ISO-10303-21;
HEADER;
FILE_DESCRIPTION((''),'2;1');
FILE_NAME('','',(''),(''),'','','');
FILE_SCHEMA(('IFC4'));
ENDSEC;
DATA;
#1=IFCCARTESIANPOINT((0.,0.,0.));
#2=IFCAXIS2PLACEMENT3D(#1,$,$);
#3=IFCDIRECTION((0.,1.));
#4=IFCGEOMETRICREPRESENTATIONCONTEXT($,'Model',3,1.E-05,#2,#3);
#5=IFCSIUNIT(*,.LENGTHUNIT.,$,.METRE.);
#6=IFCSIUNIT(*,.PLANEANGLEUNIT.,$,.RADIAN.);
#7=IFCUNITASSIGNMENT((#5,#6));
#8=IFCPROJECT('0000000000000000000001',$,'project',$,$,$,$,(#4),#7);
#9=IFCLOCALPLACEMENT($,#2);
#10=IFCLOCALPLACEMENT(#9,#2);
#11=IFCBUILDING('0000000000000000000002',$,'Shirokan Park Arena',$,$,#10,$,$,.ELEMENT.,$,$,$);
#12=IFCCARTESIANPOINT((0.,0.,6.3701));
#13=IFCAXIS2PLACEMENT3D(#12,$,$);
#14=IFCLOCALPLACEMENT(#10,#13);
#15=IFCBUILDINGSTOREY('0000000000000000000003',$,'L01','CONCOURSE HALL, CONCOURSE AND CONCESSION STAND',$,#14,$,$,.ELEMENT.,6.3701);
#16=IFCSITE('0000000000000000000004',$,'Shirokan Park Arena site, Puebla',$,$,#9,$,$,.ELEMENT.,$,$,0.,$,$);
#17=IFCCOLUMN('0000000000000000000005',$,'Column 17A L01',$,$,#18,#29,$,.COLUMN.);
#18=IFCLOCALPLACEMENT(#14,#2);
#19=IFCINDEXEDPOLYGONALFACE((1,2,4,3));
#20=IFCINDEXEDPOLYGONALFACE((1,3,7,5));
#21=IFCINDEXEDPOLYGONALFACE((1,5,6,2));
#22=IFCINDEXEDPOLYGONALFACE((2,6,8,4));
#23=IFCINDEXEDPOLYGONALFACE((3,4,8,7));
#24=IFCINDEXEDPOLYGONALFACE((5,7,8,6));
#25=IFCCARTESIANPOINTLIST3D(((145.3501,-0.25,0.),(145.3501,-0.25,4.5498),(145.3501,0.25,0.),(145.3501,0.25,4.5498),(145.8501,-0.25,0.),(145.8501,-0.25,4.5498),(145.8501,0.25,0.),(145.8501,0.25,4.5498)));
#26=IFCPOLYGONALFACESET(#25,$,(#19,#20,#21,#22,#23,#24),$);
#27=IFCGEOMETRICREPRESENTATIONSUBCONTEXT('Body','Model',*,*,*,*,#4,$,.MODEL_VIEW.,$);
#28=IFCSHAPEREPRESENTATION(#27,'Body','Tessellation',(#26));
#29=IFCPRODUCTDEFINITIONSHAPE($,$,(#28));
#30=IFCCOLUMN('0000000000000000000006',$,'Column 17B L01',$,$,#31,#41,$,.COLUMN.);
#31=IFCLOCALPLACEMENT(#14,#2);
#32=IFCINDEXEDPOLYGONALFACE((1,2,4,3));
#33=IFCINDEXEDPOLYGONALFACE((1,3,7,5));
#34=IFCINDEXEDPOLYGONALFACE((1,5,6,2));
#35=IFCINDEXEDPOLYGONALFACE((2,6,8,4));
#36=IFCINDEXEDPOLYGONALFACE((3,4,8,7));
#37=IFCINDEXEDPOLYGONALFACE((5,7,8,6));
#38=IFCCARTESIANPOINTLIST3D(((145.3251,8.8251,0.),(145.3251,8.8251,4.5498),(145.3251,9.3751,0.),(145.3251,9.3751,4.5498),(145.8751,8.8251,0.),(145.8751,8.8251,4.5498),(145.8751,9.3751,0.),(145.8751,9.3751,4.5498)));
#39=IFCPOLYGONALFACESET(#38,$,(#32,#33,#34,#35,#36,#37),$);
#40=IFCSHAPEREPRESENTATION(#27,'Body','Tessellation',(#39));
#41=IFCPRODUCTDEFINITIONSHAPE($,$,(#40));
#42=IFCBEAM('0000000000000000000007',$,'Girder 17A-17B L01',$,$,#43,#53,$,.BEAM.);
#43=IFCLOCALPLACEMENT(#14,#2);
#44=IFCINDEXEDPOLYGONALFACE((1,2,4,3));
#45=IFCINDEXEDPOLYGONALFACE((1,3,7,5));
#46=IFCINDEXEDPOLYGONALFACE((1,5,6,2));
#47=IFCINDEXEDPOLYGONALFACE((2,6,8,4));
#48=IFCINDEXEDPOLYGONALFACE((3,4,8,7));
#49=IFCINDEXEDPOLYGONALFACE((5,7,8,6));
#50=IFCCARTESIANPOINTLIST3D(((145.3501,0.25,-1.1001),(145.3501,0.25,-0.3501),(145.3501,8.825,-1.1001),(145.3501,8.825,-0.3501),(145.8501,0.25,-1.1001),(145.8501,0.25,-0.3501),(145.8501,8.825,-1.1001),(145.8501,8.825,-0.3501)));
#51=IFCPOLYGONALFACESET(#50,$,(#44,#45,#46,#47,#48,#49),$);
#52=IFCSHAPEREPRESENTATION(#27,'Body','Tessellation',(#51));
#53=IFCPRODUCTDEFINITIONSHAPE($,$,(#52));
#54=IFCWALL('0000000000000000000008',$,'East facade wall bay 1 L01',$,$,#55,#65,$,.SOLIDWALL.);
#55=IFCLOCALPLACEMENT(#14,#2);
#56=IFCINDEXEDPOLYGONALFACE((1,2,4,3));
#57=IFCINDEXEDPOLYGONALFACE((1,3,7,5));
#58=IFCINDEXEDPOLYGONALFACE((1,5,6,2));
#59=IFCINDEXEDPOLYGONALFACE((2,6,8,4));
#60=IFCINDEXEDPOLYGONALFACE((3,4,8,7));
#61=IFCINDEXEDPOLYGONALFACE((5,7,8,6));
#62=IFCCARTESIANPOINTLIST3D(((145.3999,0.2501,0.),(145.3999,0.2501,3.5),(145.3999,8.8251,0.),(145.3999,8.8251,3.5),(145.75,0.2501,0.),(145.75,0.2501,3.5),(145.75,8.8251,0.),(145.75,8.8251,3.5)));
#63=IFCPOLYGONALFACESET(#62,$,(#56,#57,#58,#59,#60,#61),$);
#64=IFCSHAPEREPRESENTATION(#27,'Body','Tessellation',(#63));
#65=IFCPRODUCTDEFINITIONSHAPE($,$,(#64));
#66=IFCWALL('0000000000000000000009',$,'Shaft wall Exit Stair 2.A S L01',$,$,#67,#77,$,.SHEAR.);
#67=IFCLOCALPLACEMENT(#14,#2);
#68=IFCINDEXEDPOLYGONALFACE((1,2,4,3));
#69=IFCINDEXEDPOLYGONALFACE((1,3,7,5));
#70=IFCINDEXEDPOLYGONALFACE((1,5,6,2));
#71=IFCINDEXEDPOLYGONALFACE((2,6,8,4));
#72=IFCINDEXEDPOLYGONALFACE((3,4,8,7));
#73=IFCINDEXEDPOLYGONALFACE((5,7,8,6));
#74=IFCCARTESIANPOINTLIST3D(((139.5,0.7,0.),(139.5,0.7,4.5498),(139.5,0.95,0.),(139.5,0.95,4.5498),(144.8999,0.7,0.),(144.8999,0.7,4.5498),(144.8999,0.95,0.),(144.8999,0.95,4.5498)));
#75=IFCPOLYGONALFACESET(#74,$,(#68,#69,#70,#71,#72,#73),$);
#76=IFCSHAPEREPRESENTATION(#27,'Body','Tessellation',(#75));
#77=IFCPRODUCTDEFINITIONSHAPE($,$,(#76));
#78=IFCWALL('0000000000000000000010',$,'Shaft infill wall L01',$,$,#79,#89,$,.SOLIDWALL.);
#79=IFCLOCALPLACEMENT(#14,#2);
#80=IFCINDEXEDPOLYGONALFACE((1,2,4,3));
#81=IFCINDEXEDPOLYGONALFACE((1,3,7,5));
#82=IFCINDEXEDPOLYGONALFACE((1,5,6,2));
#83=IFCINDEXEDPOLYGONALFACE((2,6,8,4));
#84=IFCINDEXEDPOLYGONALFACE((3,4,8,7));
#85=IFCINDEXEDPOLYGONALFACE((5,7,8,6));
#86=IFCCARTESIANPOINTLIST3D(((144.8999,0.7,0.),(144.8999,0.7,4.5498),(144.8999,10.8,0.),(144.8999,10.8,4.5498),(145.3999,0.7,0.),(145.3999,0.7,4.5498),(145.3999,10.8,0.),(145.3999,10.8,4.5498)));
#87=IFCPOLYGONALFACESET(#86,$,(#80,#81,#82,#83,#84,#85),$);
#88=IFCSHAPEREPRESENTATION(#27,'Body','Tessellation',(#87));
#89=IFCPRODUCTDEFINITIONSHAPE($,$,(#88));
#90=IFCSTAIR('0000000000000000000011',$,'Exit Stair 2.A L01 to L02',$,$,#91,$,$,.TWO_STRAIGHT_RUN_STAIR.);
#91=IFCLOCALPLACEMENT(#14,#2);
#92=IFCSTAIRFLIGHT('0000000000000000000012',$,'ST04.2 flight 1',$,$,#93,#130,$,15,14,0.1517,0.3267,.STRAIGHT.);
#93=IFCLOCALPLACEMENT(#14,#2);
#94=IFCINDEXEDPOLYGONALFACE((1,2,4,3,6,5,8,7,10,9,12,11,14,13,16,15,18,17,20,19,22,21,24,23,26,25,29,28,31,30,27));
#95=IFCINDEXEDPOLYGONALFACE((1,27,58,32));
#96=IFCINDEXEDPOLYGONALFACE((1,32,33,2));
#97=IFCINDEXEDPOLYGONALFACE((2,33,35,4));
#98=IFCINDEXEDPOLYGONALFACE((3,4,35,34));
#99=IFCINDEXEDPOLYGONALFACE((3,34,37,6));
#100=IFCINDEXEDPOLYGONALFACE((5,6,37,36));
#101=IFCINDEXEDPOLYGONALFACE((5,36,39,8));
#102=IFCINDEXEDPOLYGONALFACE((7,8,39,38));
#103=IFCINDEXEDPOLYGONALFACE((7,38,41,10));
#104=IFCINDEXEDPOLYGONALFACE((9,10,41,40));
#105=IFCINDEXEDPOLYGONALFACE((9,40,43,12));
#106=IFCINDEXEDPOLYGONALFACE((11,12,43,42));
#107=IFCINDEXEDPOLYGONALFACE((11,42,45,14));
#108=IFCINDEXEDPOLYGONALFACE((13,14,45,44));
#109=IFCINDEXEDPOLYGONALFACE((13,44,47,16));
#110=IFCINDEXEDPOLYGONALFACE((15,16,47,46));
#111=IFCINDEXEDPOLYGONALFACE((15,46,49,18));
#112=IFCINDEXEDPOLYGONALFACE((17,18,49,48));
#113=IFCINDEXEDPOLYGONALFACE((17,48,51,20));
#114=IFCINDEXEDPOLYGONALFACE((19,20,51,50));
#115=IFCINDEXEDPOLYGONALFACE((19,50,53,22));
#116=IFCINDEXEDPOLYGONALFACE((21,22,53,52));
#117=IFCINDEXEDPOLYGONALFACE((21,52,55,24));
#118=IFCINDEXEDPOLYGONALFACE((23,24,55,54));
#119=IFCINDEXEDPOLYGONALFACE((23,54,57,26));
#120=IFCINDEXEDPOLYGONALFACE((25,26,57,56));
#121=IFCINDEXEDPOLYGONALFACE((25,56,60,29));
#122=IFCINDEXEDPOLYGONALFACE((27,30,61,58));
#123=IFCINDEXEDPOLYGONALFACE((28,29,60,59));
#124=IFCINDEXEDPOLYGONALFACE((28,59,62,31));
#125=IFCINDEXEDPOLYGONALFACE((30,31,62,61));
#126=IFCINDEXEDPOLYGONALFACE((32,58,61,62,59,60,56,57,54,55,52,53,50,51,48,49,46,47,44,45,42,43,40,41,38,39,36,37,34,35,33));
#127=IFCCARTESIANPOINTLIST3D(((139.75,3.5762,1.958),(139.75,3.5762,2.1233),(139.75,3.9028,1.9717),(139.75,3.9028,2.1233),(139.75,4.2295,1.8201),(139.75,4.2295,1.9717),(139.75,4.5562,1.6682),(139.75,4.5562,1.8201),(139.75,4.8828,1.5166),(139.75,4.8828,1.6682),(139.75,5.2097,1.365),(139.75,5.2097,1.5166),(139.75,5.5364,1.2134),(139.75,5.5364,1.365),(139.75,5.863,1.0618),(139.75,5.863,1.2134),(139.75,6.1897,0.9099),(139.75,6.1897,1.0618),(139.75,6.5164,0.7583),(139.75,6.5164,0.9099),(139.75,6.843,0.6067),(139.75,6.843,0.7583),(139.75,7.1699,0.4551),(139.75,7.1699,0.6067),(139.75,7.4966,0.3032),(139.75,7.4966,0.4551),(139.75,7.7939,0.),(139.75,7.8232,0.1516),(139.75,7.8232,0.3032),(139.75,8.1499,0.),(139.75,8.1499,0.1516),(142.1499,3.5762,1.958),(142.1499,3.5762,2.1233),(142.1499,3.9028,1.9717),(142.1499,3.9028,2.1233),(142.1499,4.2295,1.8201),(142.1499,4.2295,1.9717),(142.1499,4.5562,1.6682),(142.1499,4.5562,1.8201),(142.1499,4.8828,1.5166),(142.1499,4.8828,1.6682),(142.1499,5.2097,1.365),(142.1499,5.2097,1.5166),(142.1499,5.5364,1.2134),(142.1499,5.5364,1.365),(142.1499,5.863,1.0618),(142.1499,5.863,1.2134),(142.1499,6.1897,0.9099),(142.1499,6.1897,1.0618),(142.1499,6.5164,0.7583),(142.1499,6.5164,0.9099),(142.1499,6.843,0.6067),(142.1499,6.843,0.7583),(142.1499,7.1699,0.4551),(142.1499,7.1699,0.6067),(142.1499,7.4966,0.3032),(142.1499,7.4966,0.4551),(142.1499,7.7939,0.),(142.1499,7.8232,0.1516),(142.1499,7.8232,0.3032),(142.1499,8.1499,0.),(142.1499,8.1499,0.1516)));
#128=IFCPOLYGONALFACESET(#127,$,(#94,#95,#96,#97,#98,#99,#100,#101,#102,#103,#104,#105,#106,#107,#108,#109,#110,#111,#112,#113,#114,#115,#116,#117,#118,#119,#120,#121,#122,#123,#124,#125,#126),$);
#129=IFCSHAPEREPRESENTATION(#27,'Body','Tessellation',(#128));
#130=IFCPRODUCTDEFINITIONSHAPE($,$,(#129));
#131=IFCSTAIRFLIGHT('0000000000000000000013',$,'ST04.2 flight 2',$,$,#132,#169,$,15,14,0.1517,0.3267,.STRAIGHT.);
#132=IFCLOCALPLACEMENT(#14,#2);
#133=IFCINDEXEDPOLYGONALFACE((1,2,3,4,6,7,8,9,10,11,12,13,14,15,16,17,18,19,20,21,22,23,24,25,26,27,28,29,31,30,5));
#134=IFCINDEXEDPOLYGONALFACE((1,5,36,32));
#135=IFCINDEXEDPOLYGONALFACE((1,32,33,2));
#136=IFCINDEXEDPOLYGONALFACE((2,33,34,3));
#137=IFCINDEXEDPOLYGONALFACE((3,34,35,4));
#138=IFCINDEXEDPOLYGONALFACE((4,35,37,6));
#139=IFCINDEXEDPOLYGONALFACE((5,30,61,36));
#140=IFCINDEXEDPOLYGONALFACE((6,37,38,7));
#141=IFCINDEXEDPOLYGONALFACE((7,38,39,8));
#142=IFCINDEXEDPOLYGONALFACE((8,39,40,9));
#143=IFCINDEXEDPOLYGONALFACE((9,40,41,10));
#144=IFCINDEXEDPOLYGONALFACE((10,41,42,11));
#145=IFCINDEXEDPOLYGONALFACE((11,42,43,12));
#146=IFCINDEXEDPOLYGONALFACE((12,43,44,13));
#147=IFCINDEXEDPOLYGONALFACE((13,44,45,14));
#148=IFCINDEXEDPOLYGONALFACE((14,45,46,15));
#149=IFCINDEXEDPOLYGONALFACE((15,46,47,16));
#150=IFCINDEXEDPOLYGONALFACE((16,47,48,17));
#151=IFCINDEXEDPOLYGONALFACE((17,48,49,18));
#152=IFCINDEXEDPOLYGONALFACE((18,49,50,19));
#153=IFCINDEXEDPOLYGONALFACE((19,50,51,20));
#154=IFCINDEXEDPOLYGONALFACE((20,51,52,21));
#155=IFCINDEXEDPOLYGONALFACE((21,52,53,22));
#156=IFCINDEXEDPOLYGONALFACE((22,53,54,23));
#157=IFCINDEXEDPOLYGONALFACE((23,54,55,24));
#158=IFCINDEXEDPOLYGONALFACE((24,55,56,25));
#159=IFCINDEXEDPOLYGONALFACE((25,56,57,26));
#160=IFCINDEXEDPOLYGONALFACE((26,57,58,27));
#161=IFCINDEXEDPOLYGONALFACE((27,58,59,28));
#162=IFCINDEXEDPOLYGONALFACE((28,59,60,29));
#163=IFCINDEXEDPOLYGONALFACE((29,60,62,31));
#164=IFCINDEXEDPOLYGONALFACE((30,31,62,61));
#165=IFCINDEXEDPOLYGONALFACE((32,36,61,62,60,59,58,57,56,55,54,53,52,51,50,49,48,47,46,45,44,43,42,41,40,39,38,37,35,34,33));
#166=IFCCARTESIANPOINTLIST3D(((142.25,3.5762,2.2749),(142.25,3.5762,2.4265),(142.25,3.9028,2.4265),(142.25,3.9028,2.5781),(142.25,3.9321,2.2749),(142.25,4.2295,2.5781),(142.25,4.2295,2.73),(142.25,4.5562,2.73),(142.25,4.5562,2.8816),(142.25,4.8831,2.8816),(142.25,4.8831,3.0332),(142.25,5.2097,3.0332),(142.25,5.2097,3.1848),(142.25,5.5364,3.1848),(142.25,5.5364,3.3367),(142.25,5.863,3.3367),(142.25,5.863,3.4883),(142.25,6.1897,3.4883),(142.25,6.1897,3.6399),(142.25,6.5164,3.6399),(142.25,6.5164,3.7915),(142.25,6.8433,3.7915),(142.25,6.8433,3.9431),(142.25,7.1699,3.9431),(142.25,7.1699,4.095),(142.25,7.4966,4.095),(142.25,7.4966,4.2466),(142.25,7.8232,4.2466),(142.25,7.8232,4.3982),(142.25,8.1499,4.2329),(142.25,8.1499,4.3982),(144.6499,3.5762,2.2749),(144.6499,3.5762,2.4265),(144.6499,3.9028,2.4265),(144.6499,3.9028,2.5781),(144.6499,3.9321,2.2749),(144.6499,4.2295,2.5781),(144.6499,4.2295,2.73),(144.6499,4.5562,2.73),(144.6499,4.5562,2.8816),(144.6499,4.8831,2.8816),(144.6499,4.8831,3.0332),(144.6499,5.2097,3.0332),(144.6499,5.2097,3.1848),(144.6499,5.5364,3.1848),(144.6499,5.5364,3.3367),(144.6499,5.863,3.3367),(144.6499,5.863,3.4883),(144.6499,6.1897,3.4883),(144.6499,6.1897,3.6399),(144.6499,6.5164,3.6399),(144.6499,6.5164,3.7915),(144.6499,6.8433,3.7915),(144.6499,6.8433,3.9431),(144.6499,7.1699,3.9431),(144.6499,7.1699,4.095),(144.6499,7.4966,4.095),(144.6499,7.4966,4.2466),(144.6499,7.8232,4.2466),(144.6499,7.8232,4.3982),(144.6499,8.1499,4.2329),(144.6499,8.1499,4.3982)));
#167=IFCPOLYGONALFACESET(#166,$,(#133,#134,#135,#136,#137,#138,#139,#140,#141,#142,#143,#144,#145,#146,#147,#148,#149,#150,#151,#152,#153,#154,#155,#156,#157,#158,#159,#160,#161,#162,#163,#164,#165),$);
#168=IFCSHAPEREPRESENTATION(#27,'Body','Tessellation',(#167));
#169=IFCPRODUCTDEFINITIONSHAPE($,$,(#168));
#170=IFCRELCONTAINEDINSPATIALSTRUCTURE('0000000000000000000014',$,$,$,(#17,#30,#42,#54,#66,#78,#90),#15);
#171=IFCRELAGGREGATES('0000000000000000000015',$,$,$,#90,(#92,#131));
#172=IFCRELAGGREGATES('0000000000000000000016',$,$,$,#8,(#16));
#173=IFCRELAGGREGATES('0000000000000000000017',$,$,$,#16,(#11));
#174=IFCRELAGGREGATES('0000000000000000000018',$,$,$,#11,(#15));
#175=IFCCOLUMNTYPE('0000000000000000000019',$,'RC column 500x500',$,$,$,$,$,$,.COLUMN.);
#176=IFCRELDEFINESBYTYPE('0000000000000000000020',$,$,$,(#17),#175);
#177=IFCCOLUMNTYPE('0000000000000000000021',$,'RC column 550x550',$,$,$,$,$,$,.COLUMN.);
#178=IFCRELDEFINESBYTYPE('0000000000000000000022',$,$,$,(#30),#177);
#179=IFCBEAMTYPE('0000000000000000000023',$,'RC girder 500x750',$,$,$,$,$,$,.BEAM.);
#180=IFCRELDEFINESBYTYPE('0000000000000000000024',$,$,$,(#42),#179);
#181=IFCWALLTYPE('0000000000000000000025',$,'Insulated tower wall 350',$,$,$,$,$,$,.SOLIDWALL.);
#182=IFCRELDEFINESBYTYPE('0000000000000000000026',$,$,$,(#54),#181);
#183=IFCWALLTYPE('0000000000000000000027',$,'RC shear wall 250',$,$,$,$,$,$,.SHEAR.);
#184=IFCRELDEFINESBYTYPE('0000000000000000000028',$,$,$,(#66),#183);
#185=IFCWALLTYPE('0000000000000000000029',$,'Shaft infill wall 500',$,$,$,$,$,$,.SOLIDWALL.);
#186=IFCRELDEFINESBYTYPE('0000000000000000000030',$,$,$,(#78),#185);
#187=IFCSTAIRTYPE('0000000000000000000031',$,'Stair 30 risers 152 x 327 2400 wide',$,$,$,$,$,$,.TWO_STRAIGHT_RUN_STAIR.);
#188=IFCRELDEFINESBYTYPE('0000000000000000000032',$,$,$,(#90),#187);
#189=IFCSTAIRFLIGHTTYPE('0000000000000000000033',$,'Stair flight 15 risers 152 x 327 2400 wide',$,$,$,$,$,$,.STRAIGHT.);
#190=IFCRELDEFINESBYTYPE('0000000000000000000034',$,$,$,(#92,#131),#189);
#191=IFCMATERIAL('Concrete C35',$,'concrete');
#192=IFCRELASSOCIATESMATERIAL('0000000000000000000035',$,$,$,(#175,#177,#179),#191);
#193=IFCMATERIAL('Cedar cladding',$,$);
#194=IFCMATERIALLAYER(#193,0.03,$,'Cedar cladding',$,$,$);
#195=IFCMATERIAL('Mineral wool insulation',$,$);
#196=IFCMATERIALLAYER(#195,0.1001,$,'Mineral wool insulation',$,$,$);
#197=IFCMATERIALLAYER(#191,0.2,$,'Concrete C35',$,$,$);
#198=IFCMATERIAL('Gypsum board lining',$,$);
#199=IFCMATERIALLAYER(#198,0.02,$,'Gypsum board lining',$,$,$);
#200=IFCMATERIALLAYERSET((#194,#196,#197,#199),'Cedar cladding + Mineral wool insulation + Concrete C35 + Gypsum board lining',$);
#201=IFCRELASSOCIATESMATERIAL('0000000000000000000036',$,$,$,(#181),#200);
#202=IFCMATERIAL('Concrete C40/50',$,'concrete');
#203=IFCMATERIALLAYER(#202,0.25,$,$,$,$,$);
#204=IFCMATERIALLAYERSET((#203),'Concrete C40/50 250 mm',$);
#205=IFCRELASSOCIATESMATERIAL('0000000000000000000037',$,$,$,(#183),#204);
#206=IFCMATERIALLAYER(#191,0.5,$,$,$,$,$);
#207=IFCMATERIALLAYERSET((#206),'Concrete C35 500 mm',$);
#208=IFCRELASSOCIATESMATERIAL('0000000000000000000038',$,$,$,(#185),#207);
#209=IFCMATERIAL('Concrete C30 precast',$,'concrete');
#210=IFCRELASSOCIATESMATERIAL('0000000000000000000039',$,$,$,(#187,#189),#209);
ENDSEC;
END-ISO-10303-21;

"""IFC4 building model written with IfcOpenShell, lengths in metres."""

from ifc_helpers import new_model, si_unit, direction, frame, frame_2d, origin, origin_2d, place, context, subcontext, project, spatial, polyline, rectangle, outline, extrude, material, layer, layer_set, material_profile, profile_set, type_object, element, aggregate, save


model = new_model("IFC4")

# Units and contexts
model_context = context("Model", 3, precision=1e-05, world=origin(), true_north=direction((0.0, 1.0)))
body_context = subcontext(model_context, "Body", "Model", "MODEL_VIEW")
ifc_project = project(units=[si_unit("LENGTHUNIT", "METRE"), si_unit("PLANEANGLEUNIT", "RADIAN")], contexts=[model_context])

# Site, building, storey
site_placement = place(None, origin())
site = spatial("IfcSite", under=ifc_project, at=site_placement, Name="Shirokan Park Arena site, Puebla", CompositionType="ELEMENT", RefElevation=0.0)
building_placement = place(site_placement, origin())
building = spatial("IfcBuilding", under=site, at=building_placement, Name="Shirokan Park Arena", CompositionType="ELEMENT")
storey_placement = place(building_placement, frame((0.0, 0.0, 6.3701)))
storey = spatial("IfcBuildingStorey", under=building, at=storey_placement, Name="L01", Description="CONCOURSE HALL, CONCOURSE AND CONCESSION STAND", CompositionType="ELEMENT", Elevation=6.3701)

# Columns
ifc_material_1 = material(Name="Concrete C35", Category="concrete")
ifc_material_profile_1 = material_profile(ifc_material_1, rectangle(XDim=0.5, YDim=0.5, at=origin_2d()), Name="500x500")
ifc_profile_set_1 = profile_set([ifc_material_profile_1], Name="Concrete C35")
column_type_1 = type_object("IfcColumnType", Name="RC column 500x500", PredefinedType="COLUMN", material=ifc_profile_set_1)
column_1_placement = place(storey_placement, frame((145.6001, 0.0, 0.0), z_axis=(0.0, 0.0, 1.0), x_axis=(1.0, 0.0, 0.0)))
element("IfcColumn", 1, at=column_1_placement, inside=storey, type_object=column_type_1, Name="Column 17A L01", PredefinedType="COLUMN", context=body_context, shape_type="SweptSolid", body=[
    extrude(rectangle(XDim=0.5, YDim=0.5, at=origin_2d()), origin(), (0.0, 0.0, 1.0), 4.5498),
])
ifc_material_profile_2 = material_profile(ifc_material_1, rectangle(XDim=0.55, YDim=0.55, at=origin_2d()), Name="550x550")
ifc_profile_set_2 = profile_set([ifc_material_profile_2], Name="Concrete C35")
column_type_2 = type_object("IfcColumnType", Name="RC column 550x550", PredefinedType="COLUMN", material=ifc_profile_set_2)
column_2_placement = place(storey_placement, frame((145.6001, 9.1001, 0.0), z_axis=(0.0, 0.0, 1.0), x_axis=(1.0, 0.0, 0.0)))
element("IfcColumn", 2, at=column_2_placement, inside=storey, type_object=column_type_2, Name="Column 17B L01", PredefinedType="COLUMN", context=body_context, shape_type="SweptSolid", body=[
    extrude(rectangle(XDim=0.55, YDim=0.55, at=origin_2d()), origin(), (0.0, 0.0, 1.0), 4.5498),
])

# Beam
ifc_material_profile_3 = material_profile(ifc_material_1, rectangle(XDim=0.5, YDim=0.75, at=origin_2d()), Name="500x750")
ifc_profile_set_3 = profile_set([ifc_material_profile_3], Name="Concrete C35")
beam_type = type_object("IfcBeamType", Name="RC girder 500x750", PredefinedType="BEAM", material=ifc_profile_set_3)
beam_placement = place(storey_placement, frame((145.6001, 0.25, -0.7251), z_axis=(0.0, 1.0, 0.0), x_axis=(-1.0, 0.0, 0.0)))
element("IfcBeam", 3, at=beam_placement, inside=storey, type_object=beam_type, Name="Girder 17A-17B L01", PredefinedType="BEAM", context=body_context, shape_type="SweptSolid", body=[
    extrude(rectangle(XDim=0.5, YDim=0.75, at=origin_2d()), origin(), (0.0, 0.0, 1.0), 8.575),
])

# Walls
ifc_material_2 = material(Name="Cedar cladding")
ifc_layer_1 = layer(ifc_material_2, 0.03, Name="Cedar cladding")
ifc_material_3 = material(Name="Mineral wool insulation")
ifc_layer_2 = layer(ifc_material_3, 0.1001, Name="Mineral wool insulation")
ifc_layer_3 = layer(ifc_material_1, 0.2, Name="Concrete C35")
ifc_material_4 = material(Name="Gypsum board lining")
ifc_layer_4 = layer(ifc_material_4, 0.02, Name="Gypsum board lining")
ifc_layer_set_1 = layer_set([ifc_layer_1, ifc_layer_2, ifc_layer_3, ifc_layer_4], Name="Cedar cladding + Mineral wool insulation + Concrete C35 + Gypsum board lining")
wall_type_1 = type_object("IfcWallType", Name="Insulated tower wall 350", PredefinedType="SOLIDWALL", material=ifc_layer_set_1)
wall_1_placement = place(storey_placement, frame((145.575, 0.25, 0.0), z_axis=(0.0, 0.0, 1.0), x_axis=(0.0, 1.0, 0.0)))
element("IfcWall", 4, at=wall_1_placement, inside=storey, type_object=wall_type_1, Name="East facade wall bay 1 L01", PredefinedType="SOLIDWALL", context=body_context, shape_type="SweptSolid", body=[
    extrude(rectangle(XDim=8.575, YDim=0.3501, at=frame_2d((4.2876, 0.0))), origin(), (0.0, 0.0, 1.0), 3.5),
])
ifc_material_5 = material(Name="Concrete C40/50", Category="concrete")
ifc_layer_5 = layer(ifc_material_5, 0.25)
ifc_layer_set_2 = layer_set([ifc_layer_5], Name="Concrete C40/50 250 mm")
wall_type_2 = type_object("IfcWallType", Name="RC shear wall 250", PredefinedType="SHEAR", material=ifc_layer_set_2)
wall_2_placement = place(storey_placement, frame((144.8999, 0.825, 0.0), z_axis=(0.0, 0.0, 1.0), x_axis=(-1.0, 0.0, 0.0)))
element("IfcWall", 5, at=wall_2_placement, inside=storey, type_object=wall_type_2, Name="Shaft wall Exit Stair 2.A S L01", PredefinedType="SHEAR", context=body_context, shape_type="SweptSolid", body=[
    extrude(rectangle(XDim=5.3999, YDim=0.25, at=frame_2d((2.7, 0.0))), origin(), (0.0, 0.0, 1.0), 4.5498),
])
ifc_layer_6 = layer(ifc_material_1, 0.5)
ifc_layer_set_3 = layer_set([ifc_layer_6], Name="Concrete C35 500 mm")
wall_type_3 = type_object("IfcWallType", Name="Shaft infill wall 500", PredefinedType="SOLIDWALL", material=ifc_layer_set_3)
wall_3_placement = place(storey_placement, frame((145.1499, 0.7, 0.0), z_axis=(0.0, 0.0, 1.0), x_axis=(0.0, 1.0, 0.0)))
element("IfcWall", 6, at=wall_3_placement, inside=storey, type_object=wall_type_3, Name="Shaft infill wall L01", PredefinedType="SOLIDWALL", context=body_context, shape_type="SweptSolid", body=[
    extrude(rectangle(XDim=10.1001, YDim=0.5, at=frame_2d((5.05, 0.0))), origin(), (0.0, 0.0, 1.0), 4.5498),
])

# Stair, stair flights
ifc_material_6 = material(Name="Concrete C30 precast", Category="concrete")
stair_type = type_object("IfcStairType", Name="Stair 30 risers 152 x 327 2400 wide", PredefinedType="TWO_STRAIGHT_RUN_STAIR", material=ifc_material_6)
stair_placement = place(storey_placement, origin())
stair = element("IfcStair", 7, at=stair_placement, inside=storey, type_object=stair_type, Name="Exit Stair 2.A L01 to L02", PredefinedType="TWO_STRAIGHT_RUN_STAIR")
stair_flight_type = type_object("IfcStairFlightType", Name="Stair flight 15 risers 152 x 327 2400 wide", PredefinedType="STRAIGHT", material=ifc_material_6)
stair_flight_1_placement = place(storey_placement, frame((140.95, 8.1499, 0.0), z_axis=(0.0, 0.0, 1.0), x_axis=(0.0, -1.0, 0.0)))
stair_flight_1 = element("IfcStairFlight", 8, at=stair_flight_1_placement, type_object=stair_flight_type, Name="ST04.2 flight 1", NumberOfRisers=15, NumberOfTreads=14, PredefinedType="STRAIGHT", RiserHeight=0.1517, TreadLength=0.3267, context=body_context, shape_type="SweptSolid", body=[
    extrude(outline(polyline([(0.0, 0.0), (0.0, 0.1516), (0.3267, 0.1516), (0.3267, 0.3032), (0.6533, 0.3032), (0.6533, 0.4551), (0.98, 0.4551), (0.98, 0.6067), (1.3069, 0.6067), (1.3069, 0.7583), (1.6335, 0.7583), (1.6335, 0.9099), (1.9602, 0.9099), (1.9602, 1.0618), (2.2869, 1.0618), (2.2869, 1.2134), (2.6135, 1.2134), (2.6135, 1.365), (2.9402, 1.365), (2.9402, 1.5166), (3.2671, 1.5166), (3.2671, 1.6682), (3.5938, 1.6682), (3.5938, 1.8201), (3.9204, 1.8201), (3.9204, 1.9717), (4.2471, 1.9717), (4.2471, 2.1233), (4.5737, 2.1233), (4.5737, 2.2749), (4.5737, 1.958), (0.356, 0.0), (0.0, 0.0)])), frame((0.0, 1.2, 0.0), z_axis=(0.0, -1.0, 0.0), x_axis=(1.0, 0.0, 0.0)), (0.0, 0.0, 1.0), 2.3999),
])
stair_flight_2_placement = place(storey_placement, frame((143.45, 3.5762, 2.2749), z_axis=(0.0, 0.0, 1.0), x_axis=(0.0, 1.0, 0.0)))
stair_flight_2 = element("IfcStairFlight", 9, at=stair_flight_2_placement, type_object=stair_flight_type, Name="ST04.2 flight 2", NumberOfRisers=15, NumberOfTreads=14, PredefinedType="STRAIGHT", RiserHeight=0.1517, TreadLength=0.3267, context=body_context, shape_type="SweptSolid", body=[
    extrude(outline(polyline([(0.0, 0.0), (0.0, 0.1516), (0.3267, 0.1516), (0.3267, 0.3032), (0.6533, 0.3032), (0.6533, 0.4551), (0.98, 0.4551), (0.98, 0.6067), (1.3069, 0.6067), (1.3069, 0.7583), (1.6335, 0.7583), (1.6335, 0.9099), (1.9602, 0.9099), (1.9602, 1.0618), (2.2869, 1.0618), (2.2869, 1.2134), (2.6135, 1.2134), (2.6135, 1.365), (2.9402, 1.365), (2.9402, 1.5166), (3.2671, 1.5166), (3.2671, 1.6682), (3.5938, 1.6682), (3.5938, 1.8201), (3.9204, 1.8201), (3.9204, 1.9717), (4.2471, 1.9717), (4.2471, 2.1233), (4.5737, 2.1233), (4.5737, 2.2749), (4.5737, 1.958), (0.356, 0.0), (0.0, 0.0)])), frame((0.0, 1.2, 0.0), z_axis=(0.0, -1.0, 0.0), x_axis=(1.0, 0.0, 0.0)), (0.0, 0.0, 1.0), 2.3999),
])
aggregate(stair, [stair_flight_1, stair_flight_2])

save(model, "model.ifc")
